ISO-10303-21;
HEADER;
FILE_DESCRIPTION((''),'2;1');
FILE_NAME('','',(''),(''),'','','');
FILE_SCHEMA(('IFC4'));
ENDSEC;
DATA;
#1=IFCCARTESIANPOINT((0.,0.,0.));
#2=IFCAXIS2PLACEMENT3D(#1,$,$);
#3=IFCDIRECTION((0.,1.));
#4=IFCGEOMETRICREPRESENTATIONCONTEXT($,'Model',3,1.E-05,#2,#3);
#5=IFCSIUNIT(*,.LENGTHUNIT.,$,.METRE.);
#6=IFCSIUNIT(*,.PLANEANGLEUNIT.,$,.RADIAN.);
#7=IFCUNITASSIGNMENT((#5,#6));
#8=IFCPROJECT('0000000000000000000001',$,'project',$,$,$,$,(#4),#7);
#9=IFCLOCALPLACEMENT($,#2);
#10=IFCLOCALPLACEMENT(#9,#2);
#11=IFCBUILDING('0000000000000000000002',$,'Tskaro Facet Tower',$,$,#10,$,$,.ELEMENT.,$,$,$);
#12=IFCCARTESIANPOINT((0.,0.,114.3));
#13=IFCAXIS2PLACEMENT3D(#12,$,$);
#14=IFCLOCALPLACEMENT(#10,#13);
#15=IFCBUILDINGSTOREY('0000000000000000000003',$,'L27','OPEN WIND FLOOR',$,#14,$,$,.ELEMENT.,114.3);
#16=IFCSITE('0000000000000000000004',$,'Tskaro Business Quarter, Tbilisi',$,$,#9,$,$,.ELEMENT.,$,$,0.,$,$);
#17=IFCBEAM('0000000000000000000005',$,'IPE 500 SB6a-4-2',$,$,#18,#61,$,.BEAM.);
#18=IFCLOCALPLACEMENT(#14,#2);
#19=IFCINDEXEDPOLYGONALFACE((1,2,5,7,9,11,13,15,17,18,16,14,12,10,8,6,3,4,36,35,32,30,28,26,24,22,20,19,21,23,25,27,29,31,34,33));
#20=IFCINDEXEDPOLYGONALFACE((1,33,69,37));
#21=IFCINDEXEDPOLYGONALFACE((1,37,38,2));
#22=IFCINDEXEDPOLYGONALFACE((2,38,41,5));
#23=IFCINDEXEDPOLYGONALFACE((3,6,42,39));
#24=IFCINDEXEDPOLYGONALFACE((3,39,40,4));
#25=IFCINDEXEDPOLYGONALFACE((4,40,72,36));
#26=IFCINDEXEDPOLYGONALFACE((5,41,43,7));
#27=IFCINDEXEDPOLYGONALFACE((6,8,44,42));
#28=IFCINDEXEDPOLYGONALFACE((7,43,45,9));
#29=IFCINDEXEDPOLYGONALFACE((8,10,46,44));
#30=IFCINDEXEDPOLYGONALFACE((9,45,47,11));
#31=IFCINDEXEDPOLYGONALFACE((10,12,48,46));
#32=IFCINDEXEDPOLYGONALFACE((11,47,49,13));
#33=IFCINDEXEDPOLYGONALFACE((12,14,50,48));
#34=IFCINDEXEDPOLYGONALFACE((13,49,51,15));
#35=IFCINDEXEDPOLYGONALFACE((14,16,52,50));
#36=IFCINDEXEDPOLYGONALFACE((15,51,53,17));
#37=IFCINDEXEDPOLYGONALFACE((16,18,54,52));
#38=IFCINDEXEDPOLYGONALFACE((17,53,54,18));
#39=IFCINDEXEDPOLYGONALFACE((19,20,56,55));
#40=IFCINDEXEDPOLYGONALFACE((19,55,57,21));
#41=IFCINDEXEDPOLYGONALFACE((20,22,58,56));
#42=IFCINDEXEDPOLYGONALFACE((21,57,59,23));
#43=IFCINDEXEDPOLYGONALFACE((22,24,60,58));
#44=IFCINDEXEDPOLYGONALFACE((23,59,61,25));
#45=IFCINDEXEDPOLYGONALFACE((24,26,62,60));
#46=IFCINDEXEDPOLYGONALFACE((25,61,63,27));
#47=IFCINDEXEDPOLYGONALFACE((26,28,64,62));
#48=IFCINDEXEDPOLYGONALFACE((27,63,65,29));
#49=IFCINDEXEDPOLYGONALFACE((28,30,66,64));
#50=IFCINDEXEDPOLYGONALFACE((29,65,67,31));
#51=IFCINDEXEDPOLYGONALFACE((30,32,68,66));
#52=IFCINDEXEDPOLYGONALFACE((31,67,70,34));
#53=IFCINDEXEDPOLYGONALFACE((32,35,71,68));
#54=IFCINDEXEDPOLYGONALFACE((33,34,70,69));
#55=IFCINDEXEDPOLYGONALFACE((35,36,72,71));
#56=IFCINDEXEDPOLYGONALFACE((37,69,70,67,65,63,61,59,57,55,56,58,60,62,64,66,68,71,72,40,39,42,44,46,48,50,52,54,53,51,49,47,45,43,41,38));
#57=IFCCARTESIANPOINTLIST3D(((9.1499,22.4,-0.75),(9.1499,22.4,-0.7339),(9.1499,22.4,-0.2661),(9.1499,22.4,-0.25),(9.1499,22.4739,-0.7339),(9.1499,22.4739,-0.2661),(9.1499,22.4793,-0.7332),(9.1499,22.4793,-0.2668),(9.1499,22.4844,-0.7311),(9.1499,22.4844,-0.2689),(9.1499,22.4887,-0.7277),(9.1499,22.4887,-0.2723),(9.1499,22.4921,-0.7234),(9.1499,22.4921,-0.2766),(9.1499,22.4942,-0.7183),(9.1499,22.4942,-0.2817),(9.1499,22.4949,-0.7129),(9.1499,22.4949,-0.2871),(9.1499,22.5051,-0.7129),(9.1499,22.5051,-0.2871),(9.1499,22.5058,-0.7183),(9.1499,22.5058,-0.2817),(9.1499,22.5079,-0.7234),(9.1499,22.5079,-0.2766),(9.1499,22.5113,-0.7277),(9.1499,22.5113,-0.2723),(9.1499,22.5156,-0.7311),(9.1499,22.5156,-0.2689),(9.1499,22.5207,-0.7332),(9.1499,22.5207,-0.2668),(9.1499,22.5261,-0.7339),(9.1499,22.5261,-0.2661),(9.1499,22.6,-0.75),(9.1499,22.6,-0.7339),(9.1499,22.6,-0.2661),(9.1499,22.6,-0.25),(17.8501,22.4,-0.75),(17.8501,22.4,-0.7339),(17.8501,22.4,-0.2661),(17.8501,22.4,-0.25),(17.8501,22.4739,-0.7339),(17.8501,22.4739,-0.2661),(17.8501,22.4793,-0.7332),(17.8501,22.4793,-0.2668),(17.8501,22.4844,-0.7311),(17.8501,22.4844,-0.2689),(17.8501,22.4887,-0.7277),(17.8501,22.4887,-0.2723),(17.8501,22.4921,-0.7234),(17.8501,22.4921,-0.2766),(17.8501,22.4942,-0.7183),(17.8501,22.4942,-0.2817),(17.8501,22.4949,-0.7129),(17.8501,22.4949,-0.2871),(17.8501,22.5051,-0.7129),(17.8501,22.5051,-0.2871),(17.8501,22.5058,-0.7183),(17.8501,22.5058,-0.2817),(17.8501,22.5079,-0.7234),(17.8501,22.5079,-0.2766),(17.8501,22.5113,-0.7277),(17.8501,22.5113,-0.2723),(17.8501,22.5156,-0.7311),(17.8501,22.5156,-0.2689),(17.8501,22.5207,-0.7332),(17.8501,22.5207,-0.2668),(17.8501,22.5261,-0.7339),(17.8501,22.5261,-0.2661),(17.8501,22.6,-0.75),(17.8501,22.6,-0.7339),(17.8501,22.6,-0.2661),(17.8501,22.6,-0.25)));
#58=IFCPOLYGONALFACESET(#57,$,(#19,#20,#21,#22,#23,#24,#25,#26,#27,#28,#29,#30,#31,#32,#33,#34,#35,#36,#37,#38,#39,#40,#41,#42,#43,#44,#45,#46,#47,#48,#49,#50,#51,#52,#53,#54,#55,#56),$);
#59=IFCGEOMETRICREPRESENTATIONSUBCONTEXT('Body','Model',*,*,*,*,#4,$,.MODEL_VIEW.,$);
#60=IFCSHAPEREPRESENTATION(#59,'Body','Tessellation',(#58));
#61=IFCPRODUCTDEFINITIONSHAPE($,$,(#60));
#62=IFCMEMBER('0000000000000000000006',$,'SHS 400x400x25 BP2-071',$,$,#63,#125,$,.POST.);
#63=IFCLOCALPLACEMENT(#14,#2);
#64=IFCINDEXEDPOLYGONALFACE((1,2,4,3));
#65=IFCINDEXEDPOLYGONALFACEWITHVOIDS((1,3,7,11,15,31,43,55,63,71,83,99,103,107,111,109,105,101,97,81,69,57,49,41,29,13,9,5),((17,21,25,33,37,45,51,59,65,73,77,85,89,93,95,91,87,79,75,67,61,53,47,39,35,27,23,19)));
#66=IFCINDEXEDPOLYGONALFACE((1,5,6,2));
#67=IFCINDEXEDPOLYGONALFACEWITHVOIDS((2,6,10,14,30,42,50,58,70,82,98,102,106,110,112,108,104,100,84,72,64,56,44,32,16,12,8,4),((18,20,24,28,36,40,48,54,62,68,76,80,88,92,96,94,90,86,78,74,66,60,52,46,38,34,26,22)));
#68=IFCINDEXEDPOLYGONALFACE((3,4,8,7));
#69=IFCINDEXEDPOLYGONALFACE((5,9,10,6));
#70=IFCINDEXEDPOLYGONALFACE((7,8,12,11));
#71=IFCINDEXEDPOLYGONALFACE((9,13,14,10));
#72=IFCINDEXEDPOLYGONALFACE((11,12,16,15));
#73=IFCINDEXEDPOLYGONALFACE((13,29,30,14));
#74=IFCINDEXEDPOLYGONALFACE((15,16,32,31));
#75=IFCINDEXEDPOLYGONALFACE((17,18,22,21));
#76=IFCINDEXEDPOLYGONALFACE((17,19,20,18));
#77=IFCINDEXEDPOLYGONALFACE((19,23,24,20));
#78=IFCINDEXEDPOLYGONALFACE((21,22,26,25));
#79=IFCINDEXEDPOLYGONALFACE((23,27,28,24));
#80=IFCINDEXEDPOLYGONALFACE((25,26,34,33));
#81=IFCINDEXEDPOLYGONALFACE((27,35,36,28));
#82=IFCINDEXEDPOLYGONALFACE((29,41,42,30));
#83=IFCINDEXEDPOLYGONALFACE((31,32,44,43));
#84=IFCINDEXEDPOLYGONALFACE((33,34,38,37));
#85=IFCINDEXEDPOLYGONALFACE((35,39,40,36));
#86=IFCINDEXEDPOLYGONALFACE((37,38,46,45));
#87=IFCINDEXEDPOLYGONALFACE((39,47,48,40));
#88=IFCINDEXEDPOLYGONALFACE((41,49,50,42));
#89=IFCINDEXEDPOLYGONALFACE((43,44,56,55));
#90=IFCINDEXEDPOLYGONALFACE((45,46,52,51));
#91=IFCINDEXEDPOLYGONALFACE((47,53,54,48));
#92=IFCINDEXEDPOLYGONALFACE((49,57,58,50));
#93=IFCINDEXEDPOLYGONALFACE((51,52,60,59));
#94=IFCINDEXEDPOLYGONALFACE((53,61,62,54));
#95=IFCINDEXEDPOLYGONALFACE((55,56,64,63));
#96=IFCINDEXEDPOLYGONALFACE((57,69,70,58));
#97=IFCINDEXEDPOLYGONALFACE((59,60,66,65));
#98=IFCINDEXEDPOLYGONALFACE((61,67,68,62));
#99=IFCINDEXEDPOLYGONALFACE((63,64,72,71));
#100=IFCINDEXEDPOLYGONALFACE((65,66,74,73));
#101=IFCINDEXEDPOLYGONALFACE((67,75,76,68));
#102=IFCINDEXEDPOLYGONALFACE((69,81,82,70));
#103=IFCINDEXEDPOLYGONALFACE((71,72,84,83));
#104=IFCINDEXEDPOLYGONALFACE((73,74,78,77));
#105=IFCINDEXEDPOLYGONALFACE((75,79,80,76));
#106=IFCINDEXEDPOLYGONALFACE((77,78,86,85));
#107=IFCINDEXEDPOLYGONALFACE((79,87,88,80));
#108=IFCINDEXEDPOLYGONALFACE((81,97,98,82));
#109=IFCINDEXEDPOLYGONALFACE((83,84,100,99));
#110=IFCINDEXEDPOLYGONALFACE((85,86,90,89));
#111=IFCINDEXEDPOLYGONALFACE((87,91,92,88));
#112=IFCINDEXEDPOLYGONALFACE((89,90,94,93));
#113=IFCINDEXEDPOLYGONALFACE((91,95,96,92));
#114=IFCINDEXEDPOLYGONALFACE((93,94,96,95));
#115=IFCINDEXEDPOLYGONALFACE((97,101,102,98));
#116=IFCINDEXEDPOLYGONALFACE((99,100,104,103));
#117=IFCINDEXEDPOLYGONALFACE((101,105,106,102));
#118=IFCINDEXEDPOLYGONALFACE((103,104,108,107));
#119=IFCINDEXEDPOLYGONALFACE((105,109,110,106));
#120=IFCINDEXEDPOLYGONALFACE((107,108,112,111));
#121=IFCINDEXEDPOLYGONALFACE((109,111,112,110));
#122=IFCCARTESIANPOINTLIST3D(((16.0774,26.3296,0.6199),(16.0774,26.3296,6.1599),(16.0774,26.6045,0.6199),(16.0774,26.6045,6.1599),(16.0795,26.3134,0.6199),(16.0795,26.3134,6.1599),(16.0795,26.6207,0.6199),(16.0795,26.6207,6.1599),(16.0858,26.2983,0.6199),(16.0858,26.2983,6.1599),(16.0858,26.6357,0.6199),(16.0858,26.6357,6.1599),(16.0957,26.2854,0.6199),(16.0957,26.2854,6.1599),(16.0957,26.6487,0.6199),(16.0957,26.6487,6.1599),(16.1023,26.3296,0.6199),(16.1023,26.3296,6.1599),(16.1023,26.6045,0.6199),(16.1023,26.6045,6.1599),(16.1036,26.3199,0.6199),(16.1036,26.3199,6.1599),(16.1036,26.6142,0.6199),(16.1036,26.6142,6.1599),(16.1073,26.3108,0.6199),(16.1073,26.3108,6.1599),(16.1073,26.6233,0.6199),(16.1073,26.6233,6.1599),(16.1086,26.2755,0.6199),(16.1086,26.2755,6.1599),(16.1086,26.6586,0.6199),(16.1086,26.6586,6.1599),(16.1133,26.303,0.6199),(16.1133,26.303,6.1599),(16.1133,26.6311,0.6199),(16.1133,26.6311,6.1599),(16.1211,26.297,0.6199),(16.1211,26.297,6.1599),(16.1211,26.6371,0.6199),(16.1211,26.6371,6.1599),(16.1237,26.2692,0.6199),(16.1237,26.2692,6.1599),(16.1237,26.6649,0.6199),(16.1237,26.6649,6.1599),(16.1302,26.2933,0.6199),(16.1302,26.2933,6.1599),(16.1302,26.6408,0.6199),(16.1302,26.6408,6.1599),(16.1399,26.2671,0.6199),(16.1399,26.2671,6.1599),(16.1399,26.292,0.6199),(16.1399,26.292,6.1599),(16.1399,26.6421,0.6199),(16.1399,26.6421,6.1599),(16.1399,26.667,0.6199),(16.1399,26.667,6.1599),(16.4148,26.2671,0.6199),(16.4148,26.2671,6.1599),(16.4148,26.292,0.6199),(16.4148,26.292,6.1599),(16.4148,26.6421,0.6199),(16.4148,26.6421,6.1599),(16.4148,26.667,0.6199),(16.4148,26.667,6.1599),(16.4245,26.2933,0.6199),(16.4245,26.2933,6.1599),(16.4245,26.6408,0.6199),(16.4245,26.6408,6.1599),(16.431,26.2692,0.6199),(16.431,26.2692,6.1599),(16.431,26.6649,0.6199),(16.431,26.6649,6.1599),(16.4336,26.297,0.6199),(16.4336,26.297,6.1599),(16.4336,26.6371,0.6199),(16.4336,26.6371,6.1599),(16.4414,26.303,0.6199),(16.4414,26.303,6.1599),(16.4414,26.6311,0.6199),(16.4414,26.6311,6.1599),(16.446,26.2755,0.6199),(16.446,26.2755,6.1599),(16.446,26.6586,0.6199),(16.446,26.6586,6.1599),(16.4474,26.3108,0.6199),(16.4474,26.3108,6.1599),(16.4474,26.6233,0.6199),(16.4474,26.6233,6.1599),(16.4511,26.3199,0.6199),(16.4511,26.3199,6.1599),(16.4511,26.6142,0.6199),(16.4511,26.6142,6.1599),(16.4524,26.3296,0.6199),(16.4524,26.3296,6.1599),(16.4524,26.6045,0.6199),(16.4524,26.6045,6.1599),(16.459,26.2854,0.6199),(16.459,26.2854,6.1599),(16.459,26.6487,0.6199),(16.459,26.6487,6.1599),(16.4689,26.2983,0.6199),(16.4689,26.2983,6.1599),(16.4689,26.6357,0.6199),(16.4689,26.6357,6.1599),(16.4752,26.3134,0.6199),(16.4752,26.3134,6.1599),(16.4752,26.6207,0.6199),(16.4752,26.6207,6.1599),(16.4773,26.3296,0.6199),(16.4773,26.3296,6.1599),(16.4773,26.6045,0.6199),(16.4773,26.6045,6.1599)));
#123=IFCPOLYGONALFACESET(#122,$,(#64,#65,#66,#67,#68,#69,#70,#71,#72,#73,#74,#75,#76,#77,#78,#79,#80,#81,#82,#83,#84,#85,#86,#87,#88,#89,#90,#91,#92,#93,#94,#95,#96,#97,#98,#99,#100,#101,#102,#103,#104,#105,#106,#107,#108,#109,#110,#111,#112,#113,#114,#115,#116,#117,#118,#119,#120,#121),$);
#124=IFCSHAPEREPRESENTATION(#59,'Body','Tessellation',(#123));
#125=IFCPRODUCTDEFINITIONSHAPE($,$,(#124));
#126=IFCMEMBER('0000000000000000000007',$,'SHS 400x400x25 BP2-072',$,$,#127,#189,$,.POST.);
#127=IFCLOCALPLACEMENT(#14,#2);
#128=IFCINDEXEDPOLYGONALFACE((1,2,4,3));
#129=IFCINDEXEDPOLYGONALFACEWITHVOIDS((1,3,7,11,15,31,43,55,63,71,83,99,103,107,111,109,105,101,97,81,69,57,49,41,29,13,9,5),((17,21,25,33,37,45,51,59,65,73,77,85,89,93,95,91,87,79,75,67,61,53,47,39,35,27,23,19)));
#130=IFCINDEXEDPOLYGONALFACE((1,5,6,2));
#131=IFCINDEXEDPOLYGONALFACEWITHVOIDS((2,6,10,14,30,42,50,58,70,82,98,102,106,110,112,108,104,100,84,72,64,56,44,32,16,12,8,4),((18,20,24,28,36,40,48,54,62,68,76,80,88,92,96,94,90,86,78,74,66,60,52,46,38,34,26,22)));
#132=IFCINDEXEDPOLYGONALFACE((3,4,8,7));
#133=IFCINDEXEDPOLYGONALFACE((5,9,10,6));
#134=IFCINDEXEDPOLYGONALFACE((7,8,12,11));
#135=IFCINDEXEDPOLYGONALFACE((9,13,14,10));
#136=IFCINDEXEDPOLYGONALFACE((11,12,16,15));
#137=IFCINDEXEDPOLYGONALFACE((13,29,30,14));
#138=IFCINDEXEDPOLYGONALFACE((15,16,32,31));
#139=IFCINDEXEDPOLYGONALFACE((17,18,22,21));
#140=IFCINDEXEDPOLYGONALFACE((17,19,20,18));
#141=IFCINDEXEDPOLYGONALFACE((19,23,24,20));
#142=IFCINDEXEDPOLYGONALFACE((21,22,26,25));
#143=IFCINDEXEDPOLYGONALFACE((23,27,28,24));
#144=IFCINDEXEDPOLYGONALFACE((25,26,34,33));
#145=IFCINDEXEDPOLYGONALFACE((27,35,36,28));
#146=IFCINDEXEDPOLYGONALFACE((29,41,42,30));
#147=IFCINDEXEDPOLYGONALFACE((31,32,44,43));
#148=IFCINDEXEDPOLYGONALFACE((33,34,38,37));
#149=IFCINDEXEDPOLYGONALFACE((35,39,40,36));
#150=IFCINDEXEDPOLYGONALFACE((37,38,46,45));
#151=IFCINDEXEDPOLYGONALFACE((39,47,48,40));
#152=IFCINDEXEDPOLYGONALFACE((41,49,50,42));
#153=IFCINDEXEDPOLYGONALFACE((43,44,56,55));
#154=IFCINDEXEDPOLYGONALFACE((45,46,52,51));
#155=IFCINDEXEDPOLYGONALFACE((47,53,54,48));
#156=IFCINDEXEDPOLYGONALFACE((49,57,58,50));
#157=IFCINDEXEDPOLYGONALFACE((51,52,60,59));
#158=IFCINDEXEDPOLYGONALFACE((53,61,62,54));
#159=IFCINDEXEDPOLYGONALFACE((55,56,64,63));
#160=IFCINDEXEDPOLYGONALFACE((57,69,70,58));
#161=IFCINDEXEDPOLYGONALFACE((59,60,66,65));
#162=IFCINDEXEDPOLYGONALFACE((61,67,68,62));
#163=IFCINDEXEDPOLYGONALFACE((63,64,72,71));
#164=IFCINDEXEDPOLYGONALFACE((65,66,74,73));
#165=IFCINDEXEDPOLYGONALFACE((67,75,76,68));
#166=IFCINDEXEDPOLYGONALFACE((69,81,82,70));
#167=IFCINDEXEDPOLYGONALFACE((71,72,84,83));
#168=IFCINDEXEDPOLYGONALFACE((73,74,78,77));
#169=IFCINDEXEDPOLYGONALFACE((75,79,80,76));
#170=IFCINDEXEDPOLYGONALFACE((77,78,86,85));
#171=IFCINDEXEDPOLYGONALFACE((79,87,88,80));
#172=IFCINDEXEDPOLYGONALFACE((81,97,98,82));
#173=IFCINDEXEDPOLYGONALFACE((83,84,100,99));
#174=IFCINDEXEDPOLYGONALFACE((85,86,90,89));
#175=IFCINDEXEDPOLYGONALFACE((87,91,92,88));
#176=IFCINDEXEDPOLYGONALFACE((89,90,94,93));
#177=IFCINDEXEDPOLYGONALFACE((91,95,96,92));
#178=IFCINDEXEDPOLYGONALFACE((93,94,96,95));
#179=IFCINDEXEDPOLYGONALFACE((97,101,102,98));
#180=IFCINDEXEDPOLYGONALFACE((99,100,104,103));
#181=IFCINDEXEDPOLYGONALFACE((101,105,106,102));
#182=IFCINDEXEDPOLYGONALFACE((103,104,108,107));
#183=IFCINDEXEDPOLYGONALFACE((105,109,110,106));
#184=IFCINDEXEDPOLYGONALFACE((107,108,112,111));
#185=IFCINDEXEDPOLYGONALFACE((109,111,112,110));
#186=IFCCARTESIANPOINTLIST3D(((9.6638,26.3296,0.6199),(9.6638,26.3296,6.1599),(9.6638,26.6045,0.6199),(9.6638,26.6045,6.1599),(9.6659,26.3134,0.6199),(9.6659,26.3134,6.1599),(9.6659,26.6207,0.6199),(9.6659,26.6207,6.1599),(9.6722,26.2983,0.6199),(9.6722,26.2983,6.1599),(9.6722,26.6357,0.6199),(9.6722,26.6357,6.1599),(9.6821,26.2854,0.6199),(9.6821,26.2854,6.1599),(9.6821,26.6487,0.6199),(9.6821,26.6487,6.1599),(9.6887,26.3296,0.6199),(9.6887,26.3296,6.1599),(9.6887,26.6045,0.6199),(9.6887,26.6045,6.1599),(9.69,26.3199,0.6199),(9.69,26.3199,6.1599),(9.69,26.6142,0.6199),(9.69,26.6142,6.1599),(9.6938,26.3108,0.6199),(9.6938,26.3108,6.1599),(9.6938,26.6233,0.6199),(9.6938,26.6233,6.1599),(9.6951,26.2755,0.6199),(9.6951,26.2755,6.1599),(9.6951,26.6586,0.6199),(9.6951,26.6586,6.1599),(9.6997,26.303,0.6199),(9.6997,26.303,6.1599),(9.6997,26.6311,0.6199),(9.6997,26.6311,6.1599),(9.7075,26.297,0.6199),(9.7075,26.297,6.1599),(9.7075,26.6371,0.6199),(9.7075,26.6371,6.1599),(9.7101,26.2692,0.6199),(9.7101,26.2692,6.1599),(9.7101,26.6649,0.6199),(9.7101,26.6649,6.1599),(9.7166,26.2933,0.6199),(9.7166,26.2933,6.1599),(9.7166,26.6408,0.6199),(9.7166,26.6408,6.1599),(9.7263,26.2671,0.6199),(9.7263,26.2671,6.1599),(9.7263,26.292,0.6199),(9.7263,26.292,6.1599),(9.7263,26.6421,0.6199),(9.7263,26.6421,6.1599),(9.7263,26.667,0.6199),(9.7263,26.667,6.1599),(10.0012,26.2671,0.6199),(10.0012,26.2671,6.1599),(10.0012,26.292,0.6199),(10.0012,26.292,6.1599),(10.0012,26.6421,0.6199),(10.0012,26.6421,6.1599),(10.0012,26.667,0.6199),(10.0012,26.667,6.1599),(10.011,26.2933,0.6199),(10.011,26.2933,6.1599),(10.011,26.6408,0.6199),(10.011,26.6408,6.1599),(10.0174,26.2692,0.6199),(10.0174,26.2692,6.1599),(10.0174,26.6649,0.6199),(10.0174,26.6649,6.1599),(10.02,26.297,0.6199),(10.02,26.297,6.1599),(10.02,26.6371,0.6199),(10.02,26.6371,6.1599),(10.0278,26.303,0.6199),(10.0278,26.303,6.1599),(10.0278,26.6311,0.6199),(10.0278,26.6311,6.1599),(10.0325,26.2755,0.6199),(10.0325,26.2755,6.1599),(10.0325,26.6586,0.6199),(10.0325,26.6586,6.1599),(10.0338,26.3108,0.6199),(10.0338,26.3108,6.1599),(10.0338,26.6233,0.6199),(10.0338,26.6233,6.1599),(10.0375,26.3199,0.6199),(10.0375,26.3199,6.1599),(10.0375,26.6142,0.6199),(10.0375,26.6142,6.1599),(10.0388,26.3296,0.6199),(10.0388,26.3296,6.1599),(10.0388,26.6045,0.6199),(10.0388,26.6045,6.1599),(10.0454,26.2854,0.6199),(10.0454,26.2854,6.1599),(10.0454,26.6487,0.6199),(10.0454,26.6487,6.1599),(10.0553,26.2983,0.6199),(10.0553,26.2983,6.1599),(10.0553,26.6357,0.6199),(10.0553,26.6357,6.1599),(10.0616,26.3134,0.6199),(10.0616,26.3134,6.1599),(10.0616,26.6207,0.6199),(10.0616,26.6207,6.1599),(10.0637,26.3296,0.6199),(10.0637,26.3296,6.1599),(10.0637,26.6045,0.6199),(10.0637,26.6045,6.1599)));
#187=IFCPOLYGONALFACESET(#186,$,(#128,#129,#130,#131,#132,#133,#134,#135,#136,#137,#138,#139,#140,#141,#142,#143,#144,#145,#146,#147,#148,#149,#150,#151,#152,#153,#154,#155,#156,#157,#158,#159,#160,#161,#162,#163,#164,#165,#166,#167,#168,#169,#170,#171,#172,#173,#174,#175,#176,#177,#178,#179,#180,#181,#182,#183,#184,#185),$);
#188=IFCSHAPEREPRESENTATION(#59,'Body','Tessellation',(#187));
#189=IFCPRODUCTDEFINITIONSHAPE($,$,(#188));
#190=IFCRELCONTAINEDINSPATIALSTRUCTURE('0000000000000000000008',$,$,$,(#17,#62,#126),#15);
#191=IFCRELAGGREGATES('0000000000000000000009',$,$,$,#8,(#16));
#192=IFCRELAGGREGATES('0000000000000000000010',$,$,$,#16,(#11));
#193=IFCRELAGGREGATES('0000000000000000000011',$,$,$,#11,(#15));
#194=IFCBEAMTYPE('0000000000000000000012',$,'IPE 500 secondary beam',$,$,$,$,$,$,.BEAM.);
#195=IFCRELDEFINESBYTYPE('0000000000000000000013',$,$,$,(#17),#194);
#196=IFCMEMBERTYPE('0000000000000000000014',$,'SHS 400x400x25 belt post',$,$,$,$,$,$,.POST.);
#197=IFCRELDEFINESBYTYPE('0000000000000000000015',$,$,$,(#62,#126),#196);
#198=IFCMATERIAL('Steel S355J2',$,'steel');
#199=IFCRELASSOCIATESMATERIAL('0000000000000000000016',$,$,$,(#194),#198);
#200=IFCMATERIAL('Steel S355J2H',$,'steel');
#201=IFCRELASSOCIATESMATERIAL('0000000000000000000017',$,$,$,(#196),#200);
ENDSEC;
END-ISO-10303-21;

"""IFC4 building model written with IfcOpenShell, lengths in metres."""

from ifc_helpers import new_model, si_unit, direction, frame, origin, origin_2d, place, context, subcontext, project, spatial, hollow_rectangle, i_section, extrude, material, material_profile, profile_set, type_object, element, save


model = new_model("IFC4")

# Units and contexts
model_context = context("Model", 3, precision=1e-05, world=origin(), true_north=direction((0.0, 1.0)))
body_context = subcontext(model_context, "Body", "Model", "MODEL_VIEW")
ifc_project = project(units=[si_unit("LENGTHUNIT", "METRE"), si_unit("PLANEANGLEUNIT", "RADIAN")], contexts=[model_context])

# Site, building, storey
site_placement = place(None, origin())
site = spatial("IfcSite", under=ifc_project, at=site_placement, Name="Tskaro Business Quarter, Tbilisi", CompositionType="ELEMENT", RefElevation=0.0)
building_placement = place(site_placement, origin())
building = spatial("IfcBuilding", under=site, at=building_placement, Name="Tskaro Facet Tower", CompositionType="ELEMENT")
storey_placement = place(building_placement, frame((0.0, 0.0, 114.3)))
storey = spatial("IfcBuildingStorey", under=building, at=storey_placement, Name="L27", Description="OPEN WIND FLOOR", CompositionType="ELEMENT", Elevation=114.3)

# Shared definitions
ifc_material_1 = material(Name="Steel S355J2H", Category="steel")

# Shared definitions
ifc_material_2 = material(Name="Steel S355J2", Category="steel")

# Beam
ifc_material_profile_1 = material_profile(ifc_material_2, i_section(OverallWidth=0.2, OverallDepth=0.5, WebThickness=0.0103, FlangeThickness=0.0161, FilletRadius=0.021, at=origin_2d()), Name="IPE 500")
ifc_profile_set_1 = profile_set([ifc_material_profile_1], Name="Steel S355J2")
beam_type_1 = type_object("IfcBeamType", Name="IPE 500 secondary beam", PredefinedType="BEAM", material=ifc_profile_set_1)
for number, where, z_axis, x_axis, name in (
    (1, (9.1499, 22.5, -0.5), (1.0, 0.0, 0.0), (0.0, 1.0, 0.0), "IPE 500 SB6a-4-2"),
):
    element("IfcBeam", number, at=place(storey_placement, frame(where, z_axis=z_axis, x_axis=x_axis)), inside=storey, type_object=beam_type_1, Name=name, PredefinedType="BEAM", context=body_context, shape_type="SweptSolid", body=[
        extrude(i_section(OverallWidth=0.2, OverallDepth=0.5, WebThickness=0.0103, FlangeThickness=0.0161, FilletRadius=0.021, at=origin_2d()), origin(), (0.0, 0.0, 1.0), 8.7002),
    ])

# Members
ifc_material_profile_2 = material_profile(ifc_material_1, hollow_rectangle(XDim=0.3999, YDim=0.3999, WallThickness=0.0249, InnerFilletRadius=0.0376, OuterFilletRadius=0.0625, at=origin_2d()), Name="SHS 400x400x25")
ifc_profile_set_2 = profile_set([ifc_material_profile_2], Name="Steel S355J2H")
member_type_1 = type_object("IfcMemberType", Name="SHS 400x400x25 belt post", PredefinedType="POST", material=ifc_profile_set_2)
for number, where, z_axis, x_axis, name in (
    (2, (16.2773, 26.467, 0.6199), (0.0, 0.0, 1.0), (1.0, 0.0, 0.0), "SHS 400x400x25 BP2-071"),
    (3, (9.8638, 26.467, 0.6199), (0.0, 0.0, 1.0), (1.0, 0.0, 0.0), "SHS 400x400x25 BP2-072"),
):
    element("IfcMember", number, at=place(storey_placement, frame(where, z_axis=z_axis, x_axis=x_axis)), inside=storey, type_object=member_type_1, Name=name, PredefinedType="POST", context=body_context, shape_type="SweptSolid", body=[
        extrude(hollow_rectangle(XDim=0.3999, YDim=0.3999, WallThickness=0.0249, InnerFilletRadius=0.0376, OuterFilletRadius=0.0625, at=origin_2d()), origin(), (0.0, 0.0, 1.0), 5.54),
    ])

save(model, "model.ifc")
